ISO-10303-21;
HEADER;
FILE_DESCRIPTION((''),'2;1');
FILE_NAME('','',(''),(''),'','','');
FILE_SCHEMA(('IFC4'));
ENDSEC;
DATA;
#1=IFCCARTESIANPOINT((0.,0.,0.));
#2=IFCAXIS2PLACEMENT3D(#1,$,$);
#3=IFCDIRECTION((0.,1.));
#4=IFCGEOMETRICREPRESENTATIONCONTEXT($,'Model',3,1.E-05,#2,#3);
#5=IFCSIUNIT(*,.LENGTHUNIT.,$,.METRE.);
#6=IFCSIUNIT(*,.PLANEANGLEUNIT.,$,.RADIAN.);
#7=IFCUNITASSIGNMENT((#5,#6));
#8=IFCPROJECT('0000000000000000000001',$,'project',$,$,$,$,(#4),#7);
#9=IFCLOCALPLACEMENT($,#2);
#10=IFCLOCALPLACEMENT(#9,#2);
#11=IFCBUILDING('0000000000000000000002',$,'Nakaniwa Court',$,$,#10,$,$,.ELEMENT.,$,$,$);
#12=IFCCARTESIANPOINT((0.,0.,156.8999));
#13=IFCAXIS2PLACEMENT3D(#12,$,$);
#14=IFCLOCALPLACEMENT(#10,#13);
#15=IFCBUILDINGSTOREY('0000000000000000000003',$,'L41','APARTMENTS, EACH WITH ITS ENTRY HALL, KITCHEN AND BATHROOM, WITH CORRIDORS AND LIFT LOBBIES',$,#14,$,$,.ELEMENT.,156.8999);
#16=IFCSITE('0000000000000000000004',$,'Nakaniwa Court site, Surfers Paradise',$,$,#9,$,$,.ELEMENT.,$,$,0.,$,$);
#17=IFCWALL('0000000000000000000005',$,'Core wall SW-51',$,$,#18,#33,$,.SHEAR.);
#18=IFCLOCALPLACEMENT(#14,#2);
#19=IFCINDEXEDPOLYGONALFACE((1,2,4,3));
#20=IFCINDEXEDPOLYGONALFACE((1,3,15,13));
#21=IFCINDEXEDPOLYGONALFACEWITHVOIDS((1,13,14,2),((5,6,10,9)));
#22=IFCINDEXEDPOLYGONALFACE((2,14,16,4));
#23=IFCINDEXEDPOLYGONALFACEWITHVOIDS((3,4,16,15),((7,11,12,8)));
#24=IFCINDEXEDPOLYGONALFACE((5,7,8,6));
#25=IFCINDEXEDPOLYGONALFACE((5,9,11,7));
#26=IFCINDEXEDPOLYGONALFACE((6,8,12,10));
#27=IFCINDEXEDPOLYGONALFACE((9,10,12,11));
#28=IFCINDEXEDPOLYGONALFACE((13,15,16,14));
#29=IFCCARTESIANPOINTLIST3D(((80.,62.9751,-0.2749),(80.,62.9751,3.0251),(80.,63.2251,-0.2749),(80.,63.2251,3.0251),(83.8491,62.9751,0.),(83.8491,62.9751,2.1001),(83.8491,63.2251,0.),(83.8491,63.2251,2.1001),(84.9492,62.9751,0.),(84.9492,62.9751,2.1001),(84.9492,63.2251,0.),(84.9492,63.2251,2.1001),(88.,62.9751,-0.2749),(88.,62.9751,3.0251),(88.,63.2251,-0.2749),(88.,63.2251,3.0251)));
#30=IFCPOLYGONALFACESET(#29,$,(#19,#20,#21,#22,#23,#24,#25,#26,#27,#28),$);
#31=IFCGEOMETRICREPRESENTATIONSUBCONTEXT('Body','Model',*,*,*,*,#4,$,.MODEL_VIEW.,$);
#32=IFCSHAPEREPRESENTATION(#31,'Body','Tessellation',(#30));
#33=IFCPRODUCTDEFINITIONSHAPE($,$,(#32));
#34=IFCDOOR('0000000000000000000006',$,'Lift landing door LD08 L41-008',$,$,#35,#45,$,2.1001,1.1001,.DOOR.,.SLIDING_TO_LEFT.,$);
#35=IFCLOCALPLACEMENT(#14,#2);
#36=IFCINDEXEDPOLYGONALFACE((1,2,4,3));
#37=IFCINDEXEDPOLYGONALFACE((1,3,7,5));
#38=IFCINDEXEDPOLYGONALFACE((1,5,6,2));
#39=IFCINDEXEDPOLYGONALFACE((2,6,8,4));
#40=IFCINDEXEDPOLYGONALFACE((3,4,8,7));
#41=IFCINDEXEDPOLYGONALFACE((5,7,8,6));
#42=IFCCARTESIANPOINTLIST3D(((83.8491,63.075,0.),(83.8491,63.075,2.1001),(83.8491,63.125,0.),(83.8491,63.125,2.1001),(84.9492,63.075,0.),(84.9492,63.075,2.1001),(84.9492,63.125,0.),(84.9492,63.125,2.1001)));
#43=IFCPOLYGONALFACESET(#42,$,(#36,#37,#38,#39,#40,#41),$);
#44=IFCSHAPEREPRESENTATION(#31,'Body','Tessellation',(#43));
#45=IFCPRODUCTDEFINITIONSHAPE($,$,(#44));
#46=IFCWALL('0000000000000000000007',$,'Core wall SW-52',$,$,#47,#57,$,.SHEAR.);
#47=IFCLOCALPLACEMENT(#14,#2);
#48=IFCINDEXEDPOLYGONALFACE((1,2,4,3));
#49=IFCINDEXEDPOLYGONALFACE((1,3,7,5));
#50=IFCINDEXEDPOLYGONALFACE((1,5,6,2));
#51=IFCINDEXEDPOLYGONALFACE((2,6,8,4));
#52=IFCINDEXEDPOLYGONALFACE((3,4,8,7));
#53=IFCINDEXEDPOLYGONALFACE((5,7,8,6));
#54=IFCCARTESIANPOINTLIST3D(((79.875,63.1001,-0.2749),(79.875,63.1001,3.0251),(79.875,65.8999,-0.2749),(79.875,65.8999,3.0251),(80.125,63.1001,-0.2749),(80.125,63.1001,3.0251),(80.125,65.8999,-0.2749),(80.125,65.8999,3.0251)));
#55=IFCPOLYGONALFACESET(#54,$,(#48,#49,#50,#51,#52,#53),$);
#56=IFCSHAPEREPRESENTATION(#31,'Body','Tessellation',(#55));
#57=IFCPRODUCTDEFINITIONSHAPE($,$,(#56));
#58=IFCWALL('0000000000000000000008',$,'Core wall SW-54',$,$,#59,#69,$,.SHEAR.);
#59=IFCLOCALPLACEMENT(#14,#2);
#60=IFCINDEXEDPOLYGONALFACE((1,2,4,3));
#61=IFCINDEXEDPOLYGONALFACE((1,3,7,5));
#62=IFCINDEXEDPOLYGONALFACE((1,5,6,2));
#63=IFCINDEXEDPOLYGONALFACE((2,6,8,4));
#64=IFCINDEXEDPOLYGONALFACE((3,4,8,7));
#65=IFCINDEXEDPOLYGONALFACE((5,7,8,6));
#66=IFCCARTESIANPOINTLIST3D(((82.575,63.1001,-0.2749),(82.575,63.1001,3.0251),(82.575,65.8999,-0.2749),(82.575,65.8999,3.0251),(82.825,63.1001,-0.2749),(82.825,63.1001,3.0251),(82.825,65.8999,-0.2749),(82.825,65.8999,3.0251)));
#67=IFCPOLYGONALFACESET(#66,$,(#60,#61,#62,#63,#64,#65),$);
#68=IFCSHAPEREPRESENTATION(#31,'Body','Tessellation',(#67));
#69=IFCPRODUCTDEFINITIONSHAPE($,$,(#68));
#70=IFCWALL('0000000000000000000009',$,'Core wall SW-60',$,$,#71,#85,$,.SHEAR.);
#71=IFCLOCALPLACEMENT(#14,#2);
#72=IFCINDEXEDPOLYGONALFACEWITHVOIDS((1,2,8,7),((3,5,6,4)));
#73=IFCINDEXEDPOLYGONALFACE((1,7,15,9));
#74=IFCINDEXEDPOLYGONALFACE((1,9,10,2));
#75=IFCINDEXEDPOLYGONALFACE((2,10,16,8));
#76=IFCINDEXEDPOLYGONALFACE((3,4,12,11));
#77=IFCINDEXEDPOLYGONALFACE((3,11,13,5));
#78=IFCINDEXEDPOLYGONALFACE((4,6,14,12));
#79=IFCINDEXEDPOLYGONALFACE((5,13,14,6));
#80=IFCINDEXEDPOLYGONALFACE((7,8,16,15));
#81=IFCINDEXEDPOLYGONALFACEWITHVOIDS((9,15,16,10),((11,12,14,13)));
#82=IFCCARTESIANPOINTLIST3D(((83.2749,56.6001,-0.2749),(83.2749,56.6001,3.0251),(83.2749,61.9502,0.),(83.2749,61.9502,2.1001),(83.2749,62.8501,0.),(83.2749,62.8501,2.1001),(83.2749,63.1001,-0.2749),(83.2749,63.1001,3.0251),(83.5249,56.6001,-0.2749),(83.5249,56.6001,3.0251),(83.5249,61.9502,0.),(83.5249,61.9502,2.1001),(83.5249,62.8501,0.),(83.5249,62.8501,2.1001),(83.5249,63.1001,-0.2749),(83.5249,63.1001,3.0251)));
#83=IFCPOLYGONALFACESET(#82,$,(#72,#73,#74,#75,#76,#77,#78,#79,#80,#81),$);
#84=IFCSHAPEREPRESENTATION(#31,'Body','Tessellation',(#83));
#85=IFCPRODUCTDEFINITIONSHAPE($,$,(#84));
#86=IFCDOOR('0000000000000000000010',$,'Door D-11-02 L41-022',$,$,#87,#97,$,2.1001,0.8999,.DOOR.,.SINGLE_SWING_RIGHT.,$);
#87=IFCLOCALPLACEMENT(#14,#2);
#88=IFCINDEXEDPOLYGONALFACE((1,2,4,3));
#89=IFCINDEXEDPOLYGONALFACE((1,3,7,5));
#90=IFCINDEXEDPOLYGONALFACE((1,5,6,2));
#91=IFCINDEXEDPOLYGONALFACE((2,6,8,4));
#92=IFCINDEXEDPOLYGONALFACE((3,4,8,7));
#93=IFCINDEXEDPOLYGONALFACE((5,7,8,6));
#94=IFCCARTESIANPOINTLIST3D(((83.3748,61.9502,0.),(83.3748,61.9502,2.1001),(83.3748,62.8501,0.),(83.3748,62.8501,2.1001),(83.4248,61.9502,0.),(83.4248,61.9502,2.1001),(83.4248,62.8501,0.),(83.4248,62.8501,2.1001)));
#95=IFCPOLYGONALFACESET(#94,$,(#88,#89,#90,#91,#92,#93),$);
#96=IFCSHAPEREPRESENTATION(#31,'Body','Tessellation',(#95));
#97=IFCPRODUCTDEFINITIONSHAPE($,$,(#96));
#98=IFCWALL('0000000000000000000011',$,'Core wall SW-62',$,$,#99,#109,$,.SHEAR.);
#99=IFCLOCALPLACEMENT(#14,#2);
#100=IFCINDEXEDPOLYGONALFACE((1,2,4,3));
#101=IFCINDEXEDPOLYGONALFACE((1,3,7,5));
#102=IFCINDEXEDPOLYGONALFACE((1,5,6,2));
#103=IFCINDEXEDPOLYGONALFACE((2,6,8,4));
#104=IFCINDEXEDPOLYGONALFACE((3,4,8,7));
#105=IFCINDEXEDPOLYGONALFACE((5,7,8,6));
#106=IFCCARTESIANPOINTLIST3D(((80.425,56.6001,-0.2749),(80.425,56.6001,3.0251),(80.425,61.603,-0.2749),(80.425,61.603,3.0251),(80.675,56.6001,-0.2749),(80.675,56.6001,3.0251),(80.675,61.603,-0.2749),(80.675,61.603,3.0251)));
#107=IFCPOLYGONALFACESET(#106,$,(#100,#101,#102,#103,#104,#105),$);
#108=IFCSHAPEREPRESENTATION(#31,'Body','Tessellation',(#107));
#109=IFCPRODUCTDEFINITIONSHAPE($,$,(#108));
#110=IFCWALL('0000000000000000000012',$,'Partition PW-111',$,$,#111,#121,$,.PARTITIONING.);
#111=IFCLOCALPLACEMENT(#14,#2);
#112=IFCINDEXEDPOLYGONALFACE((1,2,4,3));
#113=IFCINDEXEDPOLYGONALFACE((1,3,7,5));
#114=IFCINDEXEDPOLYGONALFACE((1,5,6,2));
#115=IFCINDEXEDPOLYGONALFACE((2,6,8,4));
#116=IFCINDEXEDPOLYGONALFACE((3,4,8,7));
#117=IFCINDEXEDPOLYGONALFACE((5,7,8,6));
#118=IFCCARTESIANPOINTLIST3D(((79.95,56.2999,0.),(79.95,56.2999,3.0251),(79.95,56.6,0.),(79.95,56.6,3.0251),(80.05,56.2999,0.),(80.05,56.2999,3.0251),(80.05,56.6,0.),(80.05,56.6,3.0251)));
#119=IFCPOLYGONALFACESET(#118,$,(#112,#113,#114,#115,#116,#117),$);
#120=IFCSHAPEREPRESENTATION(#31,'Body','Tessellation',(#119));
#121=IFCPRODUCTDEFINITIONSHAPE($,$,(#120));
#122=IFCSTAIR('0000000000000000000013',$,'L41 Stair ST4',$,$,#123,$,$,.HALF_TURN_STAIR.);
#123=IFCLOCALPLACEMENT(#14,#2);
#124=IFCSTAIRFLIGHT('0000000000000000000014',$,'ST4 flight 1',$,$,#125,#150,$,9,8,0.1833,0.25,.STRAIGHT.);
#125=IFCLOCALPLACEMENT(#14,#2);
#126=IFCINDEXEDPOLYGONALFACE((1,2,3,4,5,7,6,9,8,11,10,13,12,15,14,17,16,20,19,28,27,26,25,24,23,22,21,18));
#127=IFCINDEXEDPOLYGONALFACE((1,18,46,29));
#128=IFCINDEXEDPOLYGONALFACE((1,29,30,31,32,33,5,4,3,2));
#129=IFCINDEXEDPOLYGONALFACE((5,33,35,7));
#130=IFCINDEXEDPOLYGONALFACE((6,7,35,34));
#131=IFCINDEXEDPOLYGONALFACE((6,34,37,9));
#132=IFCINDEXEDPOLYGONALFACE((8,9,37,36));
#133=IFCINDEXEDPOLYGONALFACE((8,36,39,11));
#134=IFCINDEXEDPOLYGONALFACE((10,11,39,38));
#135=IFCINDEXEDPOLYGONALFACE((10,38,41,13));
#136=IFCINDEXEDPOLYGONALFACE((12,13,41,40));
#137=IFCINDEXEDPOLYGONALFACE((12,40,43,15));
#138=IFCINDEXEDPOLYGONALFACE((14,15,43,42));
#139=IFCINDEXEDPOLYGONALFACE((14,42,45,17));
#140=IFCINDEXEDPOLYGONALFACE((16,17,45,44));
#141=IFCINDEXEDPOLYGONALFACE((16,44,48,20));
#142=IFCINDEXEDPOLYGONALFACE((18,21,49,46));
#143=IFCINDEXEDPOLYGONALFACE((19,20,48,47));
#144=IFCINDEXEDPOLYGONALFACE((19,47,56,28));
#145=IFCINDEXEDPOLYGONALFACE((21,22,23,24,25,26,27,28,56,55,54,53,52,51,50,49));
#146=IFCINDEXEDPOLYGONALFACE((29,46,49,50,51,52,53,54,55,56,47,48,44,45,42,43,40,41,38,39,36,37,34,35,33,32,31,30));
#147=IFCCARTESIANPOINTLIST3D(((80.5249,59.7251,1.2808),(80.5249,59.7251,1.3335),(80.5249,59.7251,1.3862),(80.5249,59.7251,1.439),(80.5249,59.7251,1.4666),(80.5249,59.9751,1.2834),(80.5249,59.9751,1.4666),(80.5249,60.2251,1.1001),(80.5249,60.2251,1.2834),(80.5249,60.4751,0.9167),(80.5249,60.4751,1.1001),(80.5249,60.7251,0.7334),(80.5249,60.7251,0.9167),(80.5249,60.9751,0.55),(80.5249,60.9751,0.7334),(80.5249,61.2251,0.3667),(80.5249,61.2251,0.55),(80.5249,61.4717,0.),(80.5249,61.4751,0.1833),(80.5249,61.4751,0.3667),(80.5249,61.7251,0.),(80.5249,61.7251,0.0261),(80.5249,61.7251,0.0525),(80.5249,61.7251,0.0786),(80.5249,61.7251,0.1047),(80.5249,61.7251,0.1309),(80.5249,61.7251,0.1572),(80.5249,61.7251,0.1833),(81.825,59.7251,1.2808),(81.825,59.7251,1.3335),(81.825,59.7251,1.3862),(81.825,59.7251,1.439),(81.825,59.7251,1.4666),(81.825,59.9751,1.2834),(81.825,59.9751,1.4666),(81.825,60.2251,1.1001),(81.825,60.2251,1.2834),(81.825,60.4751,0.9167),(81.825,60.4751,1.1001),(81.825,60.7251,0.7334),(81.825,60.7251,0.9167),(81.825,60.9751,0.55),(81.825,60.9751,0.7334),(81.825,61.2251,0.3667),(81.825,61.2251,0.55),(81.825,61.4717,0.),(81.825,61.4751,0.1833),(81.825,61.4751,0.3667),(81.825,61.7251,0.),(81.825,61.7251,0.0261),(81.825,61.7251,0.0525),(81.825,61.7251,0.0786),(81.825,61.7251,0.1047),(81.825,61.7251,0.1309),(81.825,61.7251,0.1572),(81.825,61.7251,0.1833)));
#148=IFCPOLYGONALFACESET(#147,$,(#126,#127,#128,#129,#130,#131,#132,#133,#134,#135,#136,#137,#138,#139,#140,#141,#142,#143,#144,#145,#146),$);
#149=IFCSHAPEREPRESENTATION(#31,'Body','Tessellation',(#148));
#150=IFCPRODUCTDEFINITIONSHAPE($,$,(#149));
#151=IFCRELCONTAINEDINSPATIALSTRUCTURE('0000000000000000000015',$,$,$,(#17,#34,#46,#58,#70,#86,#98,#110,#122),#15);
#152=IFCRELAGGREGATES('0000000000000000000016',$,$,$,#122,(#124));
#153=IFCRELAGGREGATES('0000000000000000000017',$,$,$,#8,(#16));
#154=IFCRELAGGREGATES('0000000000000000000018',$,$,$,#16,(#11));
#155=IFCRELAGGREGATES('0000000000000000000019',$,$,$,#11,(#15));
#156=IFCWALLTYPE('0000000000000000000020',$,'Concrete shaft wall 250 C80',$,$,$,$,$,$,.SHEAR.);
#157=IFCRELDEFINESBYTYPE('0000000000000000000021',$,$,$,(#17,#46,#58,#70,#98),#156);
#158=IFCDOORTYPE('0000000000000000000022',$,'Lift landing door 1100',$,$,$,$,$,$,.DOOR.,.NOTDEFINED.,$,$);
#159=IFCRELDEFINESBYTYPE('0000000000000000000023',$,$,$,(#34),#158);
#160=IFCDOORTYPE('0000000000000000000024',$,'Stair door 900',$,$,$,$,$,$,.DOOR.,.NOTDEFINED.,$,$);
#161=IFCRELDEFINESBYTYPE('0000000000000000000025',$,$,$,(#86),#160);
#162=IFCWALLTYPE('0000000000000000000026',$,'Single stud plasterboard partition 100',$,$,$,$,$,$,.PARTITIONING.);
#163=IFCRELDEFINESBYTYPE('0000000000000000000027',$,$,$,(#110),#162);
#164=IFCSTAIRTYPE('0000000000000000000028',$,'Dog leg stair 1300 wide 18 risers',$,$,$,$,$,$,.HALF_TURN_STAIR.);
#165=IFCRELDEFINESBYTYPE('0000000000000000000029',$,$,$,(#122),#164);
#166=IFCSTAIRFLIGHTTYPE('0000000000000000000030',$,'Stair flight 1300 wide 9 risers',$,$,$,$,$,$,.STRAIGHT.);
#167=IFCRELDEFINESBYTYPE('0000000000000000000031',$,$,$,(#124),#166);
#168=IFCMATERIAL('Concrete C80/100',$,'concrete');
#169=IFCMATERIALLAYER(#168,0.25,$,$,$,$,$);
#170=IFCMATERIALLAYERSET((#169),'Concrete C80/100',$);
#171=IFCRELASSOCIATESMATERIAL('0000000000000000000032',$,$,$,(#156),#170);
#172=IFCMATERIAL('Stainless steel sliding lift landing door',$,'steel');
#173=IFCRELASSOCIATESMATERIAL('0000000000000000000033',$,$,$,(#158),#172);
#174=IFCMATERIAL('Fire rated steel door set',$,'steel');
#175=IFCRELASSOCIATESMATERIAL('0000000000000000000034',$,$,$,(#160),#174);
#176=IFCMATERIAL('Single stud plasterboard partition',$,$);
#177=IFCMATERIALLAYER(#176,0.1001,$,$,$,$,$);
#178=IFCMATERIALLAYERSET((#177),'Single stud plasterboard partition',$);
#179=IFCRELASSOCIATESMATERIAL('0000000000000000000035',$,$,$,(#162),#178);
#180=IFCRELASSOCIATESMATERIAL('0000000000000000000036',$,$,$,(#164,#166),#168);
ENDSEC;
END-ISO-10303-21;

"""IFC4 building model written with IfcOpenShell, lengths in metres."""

from ifc_helpers import new_model, si_unit, direction, frame, frame_2d, origin, place, context, subcontext, project, spatial, polyline, rectangle, outline, extrude, material, layer, layer_set, type_object, element, fill, aggregate, save


model = new_model("IFC4")

# Units and contexts
model_context = context("Model", 3, precision=1e-05, world=origin(), true_north=direction((0.0, 1.0)))
body_context = subcontext(model_context, "Body", "Model", "MODEL_VIEW")
ifc_project = project(units=[si_unit("LENGTHUNIT", "METRE"), si_unit("PLANEANGLEUNIT", "RADIAN")], contexts=[model_context])

# Site, building, storey
site_placement = place(None, origin())
site = spatial("IfcSite", under=ifc_project, at=site_placement, Name="Nakaniwa Court site, Surfers Paradise", CompositionType="ELEMENT", RefElevation=0.0)
building_placement = place(site_placement, origin())
building = spatial("IfcBuilding", under=site, at=building_placement, Name="Nakaniwa Court", CompositionType="ELEMENT")
storey_placement = place(building_placement, frame((0.0, 0.0, 156.8999)))
storey = spatial("IfcBuildingStorey", under=building, at=storey_placement, Name="L41", Description="APARTMENTS, EACH WITH ITS ENTRY HALL, KITCHEN AND BATHROOM, WITH CORRIDORS AND LIFT LOBBIES", CompositionType="ELEMENT", Elevation=156.8999)

# Shared definitions
ifc_material_1 = material(Name="Fire rated steel door set", Category="steel")

# Shared definitions
ifc_material_2 = material(Name="Concrete C80/100", Category="concrete")
ifc_layer_1 = layer(ifc_material_2, 0.25)
ifc_layer_set_1 = layer_set([ifc_layer_1], Name="Concrete C80/100")
wall_type_1 = type_object("IfcWallType", Name="Concrete shaft wall 250 C80", PredefinedType="SHEAR", material=ifc_layer_set_1)

# Wall, opening, door
wall_1_placement = place(storey_placement, frame((80.0, 63.1001, -0.2749), z_axis=(0.0, 0.0, 1.0), x_axis=(1.0, 0.0, 0.0)))
wall_1 = element("IfcWall", 1, at=wall_1_placement, inside=storey, type_object=wall_type_1, Name="Core wall SW-51", PredefinedType="SHEAR", context=body_context, shape_type="SweptSolid", body=[
    extrude(rectangle(XDim=8.0, YDim=0.25, at=frame_2d((4.0, 0.0))), origin(), (0.0, 0.0, 1.0), 3.3),
])
opening_1_placement = place(wall_1_placement, frame((3.8491, 0.0, 0.2749)))
opening_1 = element("IfcOpeningElement", 2, at=opening_1_placement, cuts=wall_1, PredefinedType="OPENING", context=body_context, shape_type="SweptSolid", body=[
    extrude(rectangle(XDim=1.1001, YDim=2.1001, at=frame_2d((0.55, 1.05))), frame((0.0, 0.135, 0.0), z_axis=(0.0, -1.0, 0.0), x_axis=(1.0, 0.0, 0.0)), (0.0, 0.0, 1.0), 0.27),
])
ifc_material_3 = material(Name="Stainless steel sliding lift landing door", Category="steel")
door_type_1 = type_object("IfcDoorType", Name="Lift landing door 1100", OperationType="NOTDEFINED", PredefinedType="DOOR", material=ifc_material_3)
door_1_placement = place(opening_1_placement, origin())
door_1 = element("IfcDoor", 3, at=door_1_placement, inside=storey, type_object=door_type_1, Name="Lift landing door LD08 L41-008", OperationType="SLIDING_TO_LEFT", OverallHeight=2.1001, OverallWidth=1.1001, PredefinedType="DOOR", context=body_context, shape_type="SweptSolid", body=[
    extrude(rectangle(XDim=1.1001, YDim=2.1001, at=frame_2d((0.55, 1.05))), frame((0.0, 0.0249, 0.0), z_axis=(0.0, -1.0, 0.0), x_axis=(1.0, 0.0, 0.0)), (0.0, 0.0, 1.0), 0.05),
])
fill(opening_1, door_1)

# Walls
for number, where, z_axis, x_axis, name in (
    (4, (80.0, 63.1001, -0.2749), (0.0, 0.0, 1.0), (0.0, 1.0, 0.0), "Core wall SW-52"),
    (5, (82.7, 63.1001, -0.2749), (0.0, 0.0, 1.0), (0.0, 1.0, 0.0), "Core wall SW-54"),
):
    element("IfcWall", number, at=place(storey_placement, frame(where, z_axis=z_axis, x_axis=x_axis)), inside=storey, type_object=wall_type_1, Name=name, PredefinedType="SHEAR", context=body_context, shape_type="SweptSolid", body=[
        extrude(rectangle(XDim=2.7998, YDim=0.25, at=frame_2d((1.3999, 0.0))), origin(), (0.0, 0.0, 1.0), 3.3),
    ])

# Wall, opening, door
wall_2_placement = place(storey_placement, frame((83.3999, 63.1001, -0.2749), z_axis=(0.0, 0.0, 1.0), x_axis=(0.0, -1.0, 0.0)))
wall_2 = element("IfcWall", 6, at=wall_2_placement, inside=storey, type_object=wall_type_1, Name="Core wall SW-60", PredefinedType="SHEAR", context=body_context, shape_type="SweptSolid", body=[
    extrude(rectangle(XDim=6.5, YDim=0.25, at=frame_2d((3.25, 0.0))), origin(), (0.0, 0.0, 1.0), 3.3),
])
opening_2_placement = place(wall_2_placement, frame((0.25, 0.0, 0.2749)))
opening_2 = element("IfcOpeningElement", 7, at=opening_2_placement, cuts=wall_2, PredefinedType="OPENING", context=body_context, shape_type="SweptSolid", body=[
    extrude(rectangle(XDim=0.8999, YDim=2.1001, at=frame_2d((0.45, 1.05))), frame((0.0, 0.135, 0.0), z_axis=(0.0, -1.0, 0.0), x_axis=(1.0, 0.0, 0.0)), (0.0, 0.0, 1.0), 0.27),
])
door_type_2 = type_object("IfcDoorType", Name="Stair door 900", OperationType="NOTDEFINED", PredefinedType="DOOR", material=ifc_material_1)
door_2_placement = place(opening_2_placement, origin())
door_2 = element("IfcDoor", 8, at=door_2_placement, inside=storey, type_object=door_type_2, Name="Door D-11-02 L41-022", OperationType="SINGLE_SWING_RIGHT", OverallHeight=2.1001, OverallWidth=0.8999, PredefinedType="DOOR", context=body_context, shape_type="SweptSolid", body=[
    extrude(rectangle(XDim=0.8999, YDim=2.1001, at=frame_2d((0.45, 1.05))), frame((0.0, 0.0249, 0.0), z_axis=(0.0, -1.0, 0.0), x_axis=(1.0, 0.0, 0.0)), (0.0, 0.0, 1.0), 0.05),
])
fill(opening_2, door_2)

# Walls
wall_3_placement = place(storey_placement, frame((80.55, 56.6001, -0.2749), z_axis=(0.0, 0.0, 1.0), x_axis=(0.0, 1.0, 0.0)))
element("IfcWall", 9, at=wall_3_placement, inside=storey, type_object=wall_type_1, Name="Core wall SW-62", PredefinedType="SHEAR", context=body_context, shape_type="SweptSolid", body=[
    extrude(rectangle(XDim=5.0029, YDim=0.25, at=frame_2d((2.5015, 0.0))), origin(), (0.0, 0.0, 1.0), 3.3),
])
ifc_material_4 = material(Name="Single stud plasterboard partition")
ifc_layer_2 = layer(ifc_material_4, 0.1001)
ifc_layer_set_2 = layer_set([ifc_layer_2], Name="Single stud plasterboard partition")
wall_type_2 = type_object("IfcWallType", Name="Single stud plasterboard partition 100", PredefinedType="PARTITIONING", material=ifc_layer_set_2)
wall_4_placement = place(storey_placement, frame((80.0, 56.3, 0.0), z_axis=(0.0, 0.0, 1.0), x_axis=(0.0, 1.0, 0.0)))
element("IfcWall", 10, at=wall_4_placement, inside=storey, type_object=wall_type_2, Name="Partition PW-111", PredefinedType="PARTITIONING", context=body_context, shape_type="SweptSolid", body=[
    extrude(rectangle(XDim=0.3, YDim=0.1001, at=frame_2d((0.1499, 0.0))), origin(), (0.0, 0.0, 1.0), 3.0251),
])

# Stair, stair flight
stair_type = type_object("IfcStairType", Name="Dog leg stair 1300 wide 18 risers", PredefinedType="HALF_TURN_STAIR", material=ifc_material_2)
stair_placement = place(storey_placement, origin())
stair = element("IfcStair", 11, at=stair_placement, inside=storey, type_object=stair_type, Name="L41 Stair ST4", PredefinedType="HALF_TURN_STAIR")
stair_flight_type = type_object("IfcStairFlightType", Name="Stair flight 1300 wide 9 risers", PredefinedType="STRAIGHT", material=ifc_material_2)
stair_flight_1_placement = place(storey_placement, frame((81.175, 61.7251, 0.0), z_axis=(0.0, 0.0, 1.0), x_axis=(0.0, -1.0, 0.0)))
stair_flight_1 = element("IfcStairFlight", 12, at=stair_flight_1_placement, type_object=stair_flight_type, Name="ST4 flight 1", NumberOfRisers=9, NumberOfTreads=8, PredefinedType="STRAIGHT", RiserHeight=0.1833, TreadLength=0.25, context=body_context, shape_type="SweptSolid", body=[
    extrude(outline(polyline([(0.0, 0.0), (0.0, 0.0261), (0.0, 0.0525), (0.0, 0.0786), (0.0, 0.1047), (0.0, 0.1309), (0.0, 0.1572), (0.0, 0.1833), (0.25, 0.1833), (0.25, 0.3667), (0.5, 0.3667), (0.5, 0.55), (0.75, 0.55), (0.75, 0.7334), (1.0, 0.7334), (1.0, 0.9167), (1.25, 0.9167), (1.25, 1.1001), (1.5, 1.1001), (1.5, 1.2834), (1.75, 1.2834), (1.75, 1.4666), (2.0, 1.4666), (2.0, 1.6499), (2.0, 1.5972), (2.0, 1.5444), (2.0, 1.4917), (2.0, 1.439), (2.0, 1.3862), (2.0, 1.3335), (2.0, 1.2808), (0.2534, 0.0), (0.0, 0.0)])), frame((0.0, 0.6499, 0.0), z_axis=(0.0, -1.0, 0.0), x_axis=(1.0, 0.0, 0.0)), (0.0, 0.0, 1.0), 1.3),
])
aggregate(stair, [stair_flight_1])

save(model, "model.ifc")
